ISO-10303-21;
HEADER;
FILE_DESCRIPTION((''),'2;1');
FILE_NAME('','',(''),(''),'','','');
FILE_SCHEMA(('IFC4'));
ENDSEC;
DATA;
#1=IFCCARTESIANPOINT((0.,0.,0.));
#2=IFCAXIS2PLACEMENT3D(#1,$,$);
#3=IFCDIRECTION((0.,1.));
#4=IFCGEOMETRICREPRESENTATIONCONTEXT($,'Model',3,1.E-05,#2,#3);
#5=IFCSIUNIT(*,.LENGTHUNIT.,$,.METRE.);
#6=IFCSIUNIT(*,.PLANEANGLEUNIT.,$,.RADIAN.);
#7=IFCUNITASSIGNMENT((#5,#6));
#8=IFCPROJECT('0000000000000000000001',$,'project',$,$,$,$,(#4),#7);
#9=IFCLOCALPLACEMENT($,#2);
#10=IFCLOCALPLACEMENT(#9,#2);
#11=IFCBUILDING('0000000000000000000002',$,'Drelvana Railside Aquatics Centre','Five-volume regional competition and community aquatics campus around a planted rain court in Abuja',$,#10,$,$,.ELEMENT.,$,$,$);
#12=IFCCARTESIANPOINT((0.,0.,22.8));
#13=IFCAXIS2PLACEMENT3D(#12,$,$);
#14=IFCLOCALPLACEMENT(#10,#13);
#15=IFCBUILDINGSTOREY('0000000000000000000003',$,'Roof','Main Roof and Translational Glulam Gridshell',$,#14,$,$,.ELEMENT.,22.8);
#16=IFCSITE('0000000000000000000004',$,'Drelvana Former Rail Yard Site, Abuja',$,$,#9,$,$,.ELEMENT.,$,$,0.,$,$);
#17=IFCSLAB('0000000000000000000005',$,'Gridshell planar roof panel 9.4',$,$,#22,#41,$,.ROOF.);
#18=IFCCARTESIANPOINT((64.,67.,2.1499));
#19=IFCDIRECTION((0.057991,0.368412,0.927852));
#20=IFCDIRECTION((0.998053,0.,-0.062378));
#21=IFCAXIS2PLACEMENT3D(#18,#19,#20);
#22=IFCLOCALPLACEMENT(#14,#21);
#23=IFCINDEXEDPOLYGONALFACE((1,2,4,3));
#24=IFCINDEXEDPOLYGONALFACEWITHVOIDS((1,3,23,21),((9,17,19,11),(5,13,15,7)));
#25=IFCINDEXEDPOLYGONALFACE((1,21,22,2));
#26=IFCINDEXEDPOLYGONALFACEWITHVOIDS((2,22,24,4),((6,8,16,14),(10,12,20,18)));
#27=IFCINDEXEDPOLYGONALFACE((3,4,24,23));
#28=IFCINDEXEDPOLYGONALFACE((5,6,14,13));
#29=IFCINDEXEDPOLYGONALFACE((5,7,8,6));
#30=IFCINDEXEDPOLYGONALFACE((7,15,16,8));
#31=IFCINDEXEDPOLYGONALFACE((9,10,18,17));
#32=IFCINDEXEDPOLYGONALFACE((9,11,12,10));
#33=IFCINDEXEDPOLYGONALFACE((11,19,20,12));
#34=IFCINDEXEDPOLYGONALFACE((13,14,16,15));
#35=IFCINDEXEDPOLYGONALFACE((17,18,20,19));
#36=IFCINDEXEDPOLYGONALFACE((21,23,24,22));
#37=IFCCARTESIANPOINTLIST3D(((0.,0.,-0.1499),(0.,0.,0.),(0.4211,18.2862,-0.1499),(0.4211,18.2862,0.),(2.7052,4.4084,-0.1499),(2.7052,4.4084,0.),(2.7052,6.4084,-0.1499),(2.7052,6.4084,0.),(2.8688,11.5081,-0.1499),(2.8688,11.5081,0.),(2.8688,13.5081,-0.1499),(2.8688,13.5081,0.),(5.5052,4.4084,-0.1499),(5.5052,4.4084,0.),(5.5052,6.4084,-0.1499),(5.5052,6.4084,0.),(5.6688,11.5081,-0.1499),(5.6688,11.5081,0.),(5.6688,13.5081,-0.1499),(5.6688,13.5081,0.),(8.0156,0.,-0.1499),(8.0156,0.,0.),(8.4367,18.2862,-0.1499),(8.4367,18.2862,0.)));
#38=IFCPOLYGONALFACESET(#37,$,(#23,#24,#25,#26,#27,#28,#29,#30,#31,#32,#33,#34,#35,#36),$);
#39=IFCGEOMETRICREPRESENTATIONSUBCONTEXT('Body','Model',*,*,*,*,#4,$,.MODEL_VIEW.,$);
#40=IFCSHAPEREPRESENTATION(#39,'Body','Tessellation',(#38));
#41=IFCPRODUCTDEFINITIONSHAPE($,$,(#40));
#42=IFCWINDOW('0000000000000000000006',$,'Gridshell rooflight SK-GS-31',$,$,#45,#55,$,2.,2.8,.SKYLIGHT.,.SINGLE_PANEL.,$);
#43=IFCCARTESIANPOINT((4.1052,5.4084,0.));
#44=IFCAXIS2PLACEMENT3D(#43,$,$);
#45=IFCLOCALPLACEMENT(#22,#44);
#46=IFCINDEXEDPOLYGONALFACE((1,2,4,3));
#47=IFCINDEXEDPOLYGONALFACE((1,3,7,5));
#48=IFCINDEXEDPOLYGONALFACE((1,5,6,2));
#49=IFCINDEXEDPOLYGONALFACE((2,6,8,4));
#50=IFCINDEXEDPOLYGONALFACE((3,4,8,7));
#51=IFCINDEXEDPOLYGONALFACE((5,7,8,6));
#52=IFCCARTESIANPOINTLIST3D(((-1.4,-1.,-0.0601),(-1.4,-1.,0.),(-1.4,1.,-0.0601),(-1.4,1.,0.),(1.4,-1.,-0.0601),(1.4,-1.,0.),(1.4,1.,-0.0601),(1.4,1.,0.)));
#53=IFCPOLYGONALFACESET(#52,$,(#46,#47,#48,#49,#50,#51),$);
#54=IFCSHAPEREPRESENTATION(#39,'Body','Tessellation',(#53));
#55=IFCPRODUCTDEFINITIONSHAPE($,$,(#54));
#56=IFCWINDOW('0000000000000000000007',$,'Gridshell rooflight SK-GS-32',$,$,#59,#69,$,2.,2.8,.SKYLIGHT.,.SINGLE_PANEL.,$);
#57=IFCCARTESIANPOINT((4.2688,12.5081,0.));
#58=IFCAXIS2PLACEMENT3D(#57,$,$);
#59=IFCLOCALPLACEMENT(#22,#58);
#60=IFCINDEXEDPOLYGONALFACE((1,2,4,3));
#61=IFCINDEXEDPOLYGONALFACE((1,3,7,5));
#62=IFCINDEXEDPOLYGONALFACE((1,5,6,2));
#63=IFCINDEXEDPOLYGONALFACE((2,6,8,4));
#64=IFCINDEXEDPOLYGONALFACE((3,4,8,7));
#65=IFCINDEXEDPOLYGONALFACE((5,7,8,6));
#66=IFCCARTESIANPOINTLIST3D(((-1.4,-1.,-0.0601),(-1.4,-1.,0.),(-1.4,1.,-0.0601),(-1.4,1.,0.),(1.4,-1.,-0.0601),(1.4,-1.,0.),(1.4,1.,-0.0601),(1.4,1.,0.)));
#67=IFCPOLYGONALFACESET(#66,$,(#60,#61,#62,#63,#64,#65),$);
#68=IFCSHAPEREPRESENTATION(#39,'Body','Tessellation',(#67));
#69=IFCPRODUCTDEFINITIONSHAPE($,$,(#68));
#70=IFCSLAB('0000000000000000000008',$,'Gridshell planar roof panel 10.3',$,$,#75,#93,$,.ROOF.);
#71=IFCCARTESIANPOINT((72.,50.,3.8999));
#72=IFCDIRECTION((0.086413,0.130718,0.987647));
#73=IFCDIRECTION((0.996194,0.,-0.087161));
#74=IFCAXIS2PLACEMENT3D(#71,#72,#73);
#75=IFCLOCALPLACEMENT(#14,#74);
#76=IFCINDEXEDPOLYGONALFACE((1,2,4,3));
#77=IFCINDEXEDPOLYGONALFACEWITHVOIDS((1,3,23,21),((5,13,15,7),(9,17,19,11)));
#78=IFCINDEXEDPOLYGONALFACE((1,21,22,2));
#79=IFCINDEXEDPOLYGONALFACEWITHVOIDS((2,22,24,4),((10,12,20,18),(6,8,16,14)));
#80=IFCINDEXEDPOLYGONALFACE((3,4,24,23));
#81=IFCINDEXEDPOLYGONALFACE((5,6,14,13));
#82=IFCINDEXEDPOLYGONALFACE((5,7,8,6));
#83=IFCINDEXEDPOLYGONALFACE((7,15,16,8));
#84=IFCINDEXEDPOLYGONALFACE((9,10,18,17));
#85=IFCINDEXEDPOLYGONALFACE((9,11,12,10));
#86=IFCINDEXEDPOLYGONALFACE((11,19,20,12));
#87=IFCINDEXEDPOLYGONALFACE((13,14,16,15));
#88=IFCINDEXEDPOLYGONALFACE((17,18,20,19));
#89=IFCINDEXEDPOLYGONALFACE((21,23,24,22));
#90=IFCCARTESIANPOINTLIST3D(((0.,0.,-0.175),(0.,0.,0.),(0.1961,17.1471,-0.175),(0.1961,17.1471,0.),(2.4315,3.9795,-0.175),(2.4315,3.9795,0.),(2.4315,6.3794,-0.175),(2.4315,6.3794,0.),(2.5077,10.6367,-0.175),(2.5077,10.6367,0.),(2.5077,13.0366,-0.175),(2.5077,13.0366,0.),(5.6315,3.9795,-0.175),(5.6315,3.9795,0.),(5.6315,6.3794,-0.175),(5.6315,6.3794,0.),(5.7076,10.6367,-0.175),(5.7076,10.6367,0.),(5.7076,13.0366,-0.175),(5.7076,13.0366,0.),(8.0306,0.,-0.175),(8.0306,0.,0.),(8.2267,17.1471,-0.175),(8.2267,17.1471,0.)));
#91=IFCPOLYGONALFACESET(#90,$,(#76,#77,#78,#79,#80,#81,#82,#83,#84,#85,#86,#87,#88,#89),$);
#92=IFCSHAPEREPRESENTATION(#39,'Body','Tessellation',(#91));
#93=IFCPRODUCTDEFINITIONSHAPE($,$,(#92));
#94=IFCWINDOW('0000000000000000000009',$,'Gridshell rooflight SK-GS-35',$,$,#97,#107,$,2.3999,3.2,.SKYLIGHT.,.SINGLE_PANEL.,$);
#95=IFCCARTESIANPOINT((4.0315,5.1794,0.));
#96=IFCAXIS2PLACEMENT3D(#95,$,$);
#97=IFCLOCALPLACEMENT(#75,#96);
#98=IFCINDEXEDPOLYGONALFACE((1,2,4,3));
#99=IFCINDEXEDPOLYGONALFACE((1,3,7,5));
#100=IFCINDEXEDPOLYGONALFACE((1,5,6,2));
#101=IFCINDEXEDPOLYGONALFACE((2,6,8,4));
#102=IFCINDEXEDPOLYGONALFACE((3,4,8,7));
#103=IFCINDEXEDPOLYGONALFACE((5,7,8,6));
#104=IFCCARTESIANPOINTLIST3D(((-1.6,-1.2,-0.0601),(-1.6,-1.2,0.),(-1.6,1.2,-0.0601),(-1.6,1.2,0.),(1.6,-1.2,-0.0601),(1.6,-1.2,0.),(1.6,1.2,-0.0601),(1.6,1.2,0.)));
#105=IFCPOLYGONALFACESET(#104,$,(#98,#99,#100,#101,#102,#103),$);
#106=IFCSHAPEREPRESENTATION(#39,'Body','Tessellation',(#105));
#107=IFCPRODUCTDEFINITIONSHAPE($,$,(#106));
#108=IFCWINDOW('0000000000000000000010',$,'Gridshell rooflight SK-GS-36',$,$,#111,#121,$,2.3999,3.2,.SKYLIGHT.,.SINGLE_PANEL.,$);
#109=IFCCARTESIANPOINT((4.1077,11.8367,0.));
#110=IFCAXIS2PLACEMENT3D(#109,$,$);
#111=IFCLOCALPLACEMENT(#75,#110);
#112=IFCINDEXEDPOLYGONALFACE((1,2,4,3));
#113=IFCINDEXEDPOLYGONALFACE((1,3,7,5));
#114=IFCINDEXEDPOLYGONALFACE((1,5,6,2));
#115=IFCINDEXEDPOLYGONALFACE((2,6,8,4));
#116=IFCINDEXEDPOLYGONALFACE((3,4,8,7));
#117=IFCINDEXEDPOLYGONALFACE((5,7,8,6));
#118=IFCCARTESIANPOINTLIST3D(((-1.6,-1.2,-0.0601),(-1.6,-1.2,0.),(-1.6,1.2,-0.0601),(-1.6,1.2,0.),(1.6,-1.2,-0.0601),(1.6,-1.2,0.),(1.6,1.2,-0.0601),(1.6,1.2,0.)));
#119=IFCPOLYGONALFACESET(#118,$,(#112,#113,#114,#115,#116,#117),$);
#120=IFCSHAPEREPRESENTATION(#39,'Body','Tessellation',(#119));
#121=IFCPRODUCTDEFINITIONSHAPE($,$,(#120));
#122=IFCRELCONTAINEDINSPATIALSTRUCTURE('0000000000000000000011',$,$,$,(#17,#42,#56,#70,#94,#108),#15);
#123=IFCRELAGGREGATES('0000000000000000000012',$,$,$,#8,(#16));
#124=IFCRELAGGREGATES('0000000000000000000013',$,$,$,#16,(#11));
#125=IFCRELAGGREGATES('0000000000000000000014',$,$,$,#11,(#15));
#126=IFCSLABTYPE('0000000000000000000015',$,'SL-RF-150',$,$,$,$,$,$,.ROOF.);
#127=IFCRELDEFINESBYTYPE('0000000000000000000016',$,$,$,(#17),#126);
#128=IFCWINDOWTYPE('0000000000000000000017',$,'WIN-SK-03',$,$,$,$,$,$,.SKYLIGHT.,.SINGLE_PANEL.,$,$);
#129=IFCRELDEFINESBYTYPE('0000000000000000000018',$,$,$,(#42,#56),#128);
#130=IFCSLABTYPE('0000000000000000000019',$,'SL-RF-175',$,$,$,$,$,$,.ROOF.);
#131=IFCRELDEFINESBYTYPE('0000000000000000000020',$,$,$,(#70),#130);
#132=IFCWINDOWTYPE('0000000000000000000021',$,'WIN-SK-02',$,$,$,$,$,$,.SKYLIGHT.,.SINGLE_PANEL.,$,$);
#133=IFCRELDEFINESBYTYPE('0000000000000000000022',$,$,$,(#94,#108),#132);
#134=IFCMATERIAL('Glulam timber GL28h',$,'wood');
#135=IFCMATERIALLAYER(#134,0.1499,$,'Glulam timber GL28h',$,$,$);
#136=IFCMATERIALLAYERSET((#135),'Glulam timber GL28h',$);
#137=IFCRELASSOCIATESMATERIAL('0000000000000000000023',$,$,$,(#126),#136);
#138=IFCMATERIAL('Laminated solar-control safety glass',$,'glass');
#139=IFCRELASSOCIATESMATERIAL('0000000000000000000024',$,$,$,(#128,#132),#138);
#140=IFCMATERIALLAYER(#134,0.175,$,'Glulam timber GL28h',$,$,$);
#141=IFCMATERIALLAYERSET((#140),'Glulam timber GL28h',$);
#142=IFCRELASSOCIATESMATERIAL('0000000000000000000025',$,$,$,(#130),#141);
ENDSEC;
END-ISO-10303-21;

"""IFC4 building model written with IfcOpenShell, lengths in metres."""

from ifc_helpers import new_model, si_unit, direction, frame, origin, origin_2d, place, context, subcontext, project, spatial, polyline, rectangle, outline, extrude, material, layer, layer_set, type_object, element, fill, save


model = new_model("IFC4")

# Units and contexts
model_context = context("Model", 3, precision=1e-05, world=origin(), true_north=direction((0.0, 1.0)))
body_context = subcontext(model_context, "Body", "Model", "MODEL_VIEW")
ifc_project = project(units=[si_unit("LENGTHUNIT", "METRE"), si_unit("PLANEANGLEUNIT", "RADIAN")], contexts=[model_context])

# Site, building, storey
site_placement = place(None, origin())
site = spatial("IfcSite", under=ifc_project, at=site_placement, Name="Drelvana Former Rail Yard Site, Abuja", CompositionType="ELEMENT", RefElevation=0.0)
building_placement = place(site_placement, origin())
building = spatial("IfcBuilding", under=site, at=building_placement, Name="Drelvana Railside Aquatics Centre", Description="Five-volume regional competition and community aquatics campus around a planted rain court in Abuja", CompositionType="ELEMENT")
storey_placement = place(building_placement, frame((0.0, 0.0, 22.8)))
storey = spatial("IfcBuildingStorey", under=building, at=storey_placement, Name="Roof", Description="Main Roof and Translational Glulam Gridshell", CompositionType="ELEMENT", Elevation=22.8)

# Shared definitions
ifc_material_1 = material(Name="Glulam timber GL28h", Category="wood")

# Shared definitions
ifc_layer_1 = layer(ifc_material_1, 0.1499, Name="Glulam timber GL28h")
ifc_layer_set_1 = layer_set([ifc_layer_1], Name="Glulam timber GL28h")
slab_type_1 = type_object("IfcSlabType", Name="SL-RF-150", PredefinedType="ROOF", material=ifc_layer_set_1)

# Slab, openings, windows
slab_1_placement = place(storey_placement, frame((64.0, 67.0, 2.1499), z_axis=(0.057991, 0.368412, 0.927852), x_axis=(0.998053, 0.0, -0.062378)))
slab_1 = element("IfcSlab", 1, at=slab_1_placement, inside=storey, type_object=slab_type_1, Name="Gridshell planar roof panel 9.4", PredefinedType="ROOF", context=body_context, shape_type="SweptSolid", body=[
    extrude(outline(polyline([(0.0, 0.0), (8.0156, 0.0), (8.4367, 18.2862), (0.4211, 18.2862), (0.0, 0.0)])), origin(), (0.0, 0.0, -1.0), 0.1499),
])
opening_1_placement = place(slab_1_placement, frame((4.1052, 5.4084, 0.01)))
opening_1 = element("IfcOpeningElement", 2, at=opening_1_placement, cuts=slab_1, PredefinedType="OPENING", context=body_context, shape_type="SweptSolid", body=[
    extrude(rectangle(XDim=2.8, YDim=2.0, at=origin_2d()), origin(), (0.0, 0.0, -1.0), 0.1699),
])
opening_2_placement = place(slab_1_placement, frame((4.2688, 12.5081, 0.01)))
opening_2 = element("IfcOpeningElement", 3, at=opening_2_placement, cuts=slab_1, PredefinedType="OPENING", context=body_context, shape_type="SweptSolid", body=[
    extrude(rectangle(XDim=2.8, YDim=2.0, at=origin_2d()), origin(), (0.0, 0.0, -1.0), 0.1699),
])
ifc_material_2 = material(Name="Laminated solar-control safety glass", Category="glass")
window_type_1 = type_object("IfcWindowType", Name="WIN-SK-03", PartitioningType="SINGLE_PANEL", PredefinedType="SKYLIGHT", material=ifc_material_2)
window_1_placement = place(slab_1_placement, frame((4.1052, 5.4084, 0.0)))
window_1 = element("IfcWindow", 4, at=window_1_placement, inside=storey, type_object=window_type_1, Name="Gridshell rooflight SK-GS-31", OverallHeight=2.0, OverallWidth=2.8, PartitioningType="SINGLE_PANEL", PredefinedType="SKYLIGHT", context=body_context, shape_type="SweptSolid", body=[
    extrude(rectangle(XDim=2.8, YDim=2.0, at=origin_2d()), origin(), (0.0, 0.0, -1.0), 0.0601),
])
fill(opening_1, window_1)
window_2_placement = place(slab_1_placement, frame((4.2688, 12.5081, 0.0)))
window_2 = element("IfcWindow", 5, at=window_2_placement, inside=storey, type_object=window_type_1, Name="Gridshell rooflight SK-GS-32", OverallHeight=2.0, OverallWidth=2.8, PartitioningType="SINGLE_PANEL", PredefinedType="SKYLIGHT", context=body_context, shape_type="SweptSolid", body=[
    extrude(rectangle(XDim=2.8, YDim=2.0, at=origin_2d()), origin(), (0.0, 0.0, -1.0), 0.0601),
])
fill(opening_2, window_2)

# Slab, openings, windows
ifc_layer_2 = layer(ifc_material_1, 0.175, Name="Glulam timber GL28h")
ifc_layer_set_2 = layer_set([ifc_layer_2], Name="Glulam timber GL28h")
slab_type_2 = type_object("IfcSlabType", Name="SL-RF-175", PredefinedType="ROOF", material=ifc_layer_set_2)
slab_2_placement = place(storey_placement, frame((72.0, 50.0, 3.8999), z_axis=(0.086413, 0.130718, 0.987647), x_axis=(0.996194, 0.0, -0.087161)))
slab_2 = element("IfcSlab", 6, at=slab_2_placement, inside=storey, type_object=slab_type_2, Name="Gridshell planar roof panel 10.3", PredefinedType="ROOF", context=body_context, shape_type="SweptSolid", body=[
    extrude(outline(polyline([(0.0, 0.0), (8.0306, 0.0), (8.2267, 17.1471), (0.1961, 17.1471), (0.0, 0.0)])), origin(), (0.0, 0.0, -1.0), 0.175),
])
opening_3_placement = place(slab_2_placement, frame((4.0315, 5.1794, 0.01)))
opening_3 = element("IfcOpeningElement", 7, at=opening_3_placement, cuts=slab_2, PredefinedType="OPENING", context=body_context, shape_type="SweptSolid", body=[
    extrude(rectangle(XDim=3.2, YDim=2.3999, at=origin_2d()), origin(), (0.0, 0.0, -1.0), 0.1951),
])
opening_4_placement = place(slab_2_placement, frame((4.1077, 11.8367, 0.01)))
opening_4 = element("IfcOpeningElement", 8, at=opening_4_placement, cuts=slab_2, PredefinedType="OPENING", context=body_context, shape_type="SweptSolid", body=[
    extrude(rectangle(XDim=3.2, YDim=2.3999, at=origin_2d()), origin(), (0.0, 0.0, -1.0), 0.1951),
])
window_type_2 = type_object("IfcWindowType", Name="WIN-SK-02", PartitioningType="SINGLE_PANEL", PredefinedType="SKYLIGHT", material=ifc_material_2)
window_3_placement = place(slab_2_placement, frame((4.0315, 5.1794, 0.0)))
window_3 = element("IfcWindow", 9, at=window_3_placement, inside=storey, type_object=window_type_2, Name="Gridshell rooflight SK-GS-35", OverallHeight=2.3999, OverallWidth=3.2, PartitioningType="SINGLE_PANEL", PredefinedType="SKYLIGHT", context=body_context, shape_type="SweptSolid", body=[
    extrude(rectangle(XDim=3.2, YDim=2.3999, at=origin_2d()), origin(), (0.0, 0.0, -1.0), 0.0601),
])
fill(opening_3, window_3)
window_4_placement = place(slab_2_placement, frame((4.1077, 11.8367, 0.0)))
window_4 = element("IfcWindow", 10, at=window_4_placement, inside=storey, type_object=window_type_2, Name="Gridshell rooflight SK-GS-36", OverallHeight=2.3999, OverallWidth=3.2, PartitioningType="SINGLE_PANEL", PredefinedType="SKYLIGHT", context=body_context, shape_type="SweptSolid", body=[
    extrude(rectangle(XDim=3.2, YDim=2.3999, at=origin_2d()), origin(), (0.0, 0.0, -1.0), 0.0601),
])
fill(opening_4, window_4)

save(model, "model.ifc")
